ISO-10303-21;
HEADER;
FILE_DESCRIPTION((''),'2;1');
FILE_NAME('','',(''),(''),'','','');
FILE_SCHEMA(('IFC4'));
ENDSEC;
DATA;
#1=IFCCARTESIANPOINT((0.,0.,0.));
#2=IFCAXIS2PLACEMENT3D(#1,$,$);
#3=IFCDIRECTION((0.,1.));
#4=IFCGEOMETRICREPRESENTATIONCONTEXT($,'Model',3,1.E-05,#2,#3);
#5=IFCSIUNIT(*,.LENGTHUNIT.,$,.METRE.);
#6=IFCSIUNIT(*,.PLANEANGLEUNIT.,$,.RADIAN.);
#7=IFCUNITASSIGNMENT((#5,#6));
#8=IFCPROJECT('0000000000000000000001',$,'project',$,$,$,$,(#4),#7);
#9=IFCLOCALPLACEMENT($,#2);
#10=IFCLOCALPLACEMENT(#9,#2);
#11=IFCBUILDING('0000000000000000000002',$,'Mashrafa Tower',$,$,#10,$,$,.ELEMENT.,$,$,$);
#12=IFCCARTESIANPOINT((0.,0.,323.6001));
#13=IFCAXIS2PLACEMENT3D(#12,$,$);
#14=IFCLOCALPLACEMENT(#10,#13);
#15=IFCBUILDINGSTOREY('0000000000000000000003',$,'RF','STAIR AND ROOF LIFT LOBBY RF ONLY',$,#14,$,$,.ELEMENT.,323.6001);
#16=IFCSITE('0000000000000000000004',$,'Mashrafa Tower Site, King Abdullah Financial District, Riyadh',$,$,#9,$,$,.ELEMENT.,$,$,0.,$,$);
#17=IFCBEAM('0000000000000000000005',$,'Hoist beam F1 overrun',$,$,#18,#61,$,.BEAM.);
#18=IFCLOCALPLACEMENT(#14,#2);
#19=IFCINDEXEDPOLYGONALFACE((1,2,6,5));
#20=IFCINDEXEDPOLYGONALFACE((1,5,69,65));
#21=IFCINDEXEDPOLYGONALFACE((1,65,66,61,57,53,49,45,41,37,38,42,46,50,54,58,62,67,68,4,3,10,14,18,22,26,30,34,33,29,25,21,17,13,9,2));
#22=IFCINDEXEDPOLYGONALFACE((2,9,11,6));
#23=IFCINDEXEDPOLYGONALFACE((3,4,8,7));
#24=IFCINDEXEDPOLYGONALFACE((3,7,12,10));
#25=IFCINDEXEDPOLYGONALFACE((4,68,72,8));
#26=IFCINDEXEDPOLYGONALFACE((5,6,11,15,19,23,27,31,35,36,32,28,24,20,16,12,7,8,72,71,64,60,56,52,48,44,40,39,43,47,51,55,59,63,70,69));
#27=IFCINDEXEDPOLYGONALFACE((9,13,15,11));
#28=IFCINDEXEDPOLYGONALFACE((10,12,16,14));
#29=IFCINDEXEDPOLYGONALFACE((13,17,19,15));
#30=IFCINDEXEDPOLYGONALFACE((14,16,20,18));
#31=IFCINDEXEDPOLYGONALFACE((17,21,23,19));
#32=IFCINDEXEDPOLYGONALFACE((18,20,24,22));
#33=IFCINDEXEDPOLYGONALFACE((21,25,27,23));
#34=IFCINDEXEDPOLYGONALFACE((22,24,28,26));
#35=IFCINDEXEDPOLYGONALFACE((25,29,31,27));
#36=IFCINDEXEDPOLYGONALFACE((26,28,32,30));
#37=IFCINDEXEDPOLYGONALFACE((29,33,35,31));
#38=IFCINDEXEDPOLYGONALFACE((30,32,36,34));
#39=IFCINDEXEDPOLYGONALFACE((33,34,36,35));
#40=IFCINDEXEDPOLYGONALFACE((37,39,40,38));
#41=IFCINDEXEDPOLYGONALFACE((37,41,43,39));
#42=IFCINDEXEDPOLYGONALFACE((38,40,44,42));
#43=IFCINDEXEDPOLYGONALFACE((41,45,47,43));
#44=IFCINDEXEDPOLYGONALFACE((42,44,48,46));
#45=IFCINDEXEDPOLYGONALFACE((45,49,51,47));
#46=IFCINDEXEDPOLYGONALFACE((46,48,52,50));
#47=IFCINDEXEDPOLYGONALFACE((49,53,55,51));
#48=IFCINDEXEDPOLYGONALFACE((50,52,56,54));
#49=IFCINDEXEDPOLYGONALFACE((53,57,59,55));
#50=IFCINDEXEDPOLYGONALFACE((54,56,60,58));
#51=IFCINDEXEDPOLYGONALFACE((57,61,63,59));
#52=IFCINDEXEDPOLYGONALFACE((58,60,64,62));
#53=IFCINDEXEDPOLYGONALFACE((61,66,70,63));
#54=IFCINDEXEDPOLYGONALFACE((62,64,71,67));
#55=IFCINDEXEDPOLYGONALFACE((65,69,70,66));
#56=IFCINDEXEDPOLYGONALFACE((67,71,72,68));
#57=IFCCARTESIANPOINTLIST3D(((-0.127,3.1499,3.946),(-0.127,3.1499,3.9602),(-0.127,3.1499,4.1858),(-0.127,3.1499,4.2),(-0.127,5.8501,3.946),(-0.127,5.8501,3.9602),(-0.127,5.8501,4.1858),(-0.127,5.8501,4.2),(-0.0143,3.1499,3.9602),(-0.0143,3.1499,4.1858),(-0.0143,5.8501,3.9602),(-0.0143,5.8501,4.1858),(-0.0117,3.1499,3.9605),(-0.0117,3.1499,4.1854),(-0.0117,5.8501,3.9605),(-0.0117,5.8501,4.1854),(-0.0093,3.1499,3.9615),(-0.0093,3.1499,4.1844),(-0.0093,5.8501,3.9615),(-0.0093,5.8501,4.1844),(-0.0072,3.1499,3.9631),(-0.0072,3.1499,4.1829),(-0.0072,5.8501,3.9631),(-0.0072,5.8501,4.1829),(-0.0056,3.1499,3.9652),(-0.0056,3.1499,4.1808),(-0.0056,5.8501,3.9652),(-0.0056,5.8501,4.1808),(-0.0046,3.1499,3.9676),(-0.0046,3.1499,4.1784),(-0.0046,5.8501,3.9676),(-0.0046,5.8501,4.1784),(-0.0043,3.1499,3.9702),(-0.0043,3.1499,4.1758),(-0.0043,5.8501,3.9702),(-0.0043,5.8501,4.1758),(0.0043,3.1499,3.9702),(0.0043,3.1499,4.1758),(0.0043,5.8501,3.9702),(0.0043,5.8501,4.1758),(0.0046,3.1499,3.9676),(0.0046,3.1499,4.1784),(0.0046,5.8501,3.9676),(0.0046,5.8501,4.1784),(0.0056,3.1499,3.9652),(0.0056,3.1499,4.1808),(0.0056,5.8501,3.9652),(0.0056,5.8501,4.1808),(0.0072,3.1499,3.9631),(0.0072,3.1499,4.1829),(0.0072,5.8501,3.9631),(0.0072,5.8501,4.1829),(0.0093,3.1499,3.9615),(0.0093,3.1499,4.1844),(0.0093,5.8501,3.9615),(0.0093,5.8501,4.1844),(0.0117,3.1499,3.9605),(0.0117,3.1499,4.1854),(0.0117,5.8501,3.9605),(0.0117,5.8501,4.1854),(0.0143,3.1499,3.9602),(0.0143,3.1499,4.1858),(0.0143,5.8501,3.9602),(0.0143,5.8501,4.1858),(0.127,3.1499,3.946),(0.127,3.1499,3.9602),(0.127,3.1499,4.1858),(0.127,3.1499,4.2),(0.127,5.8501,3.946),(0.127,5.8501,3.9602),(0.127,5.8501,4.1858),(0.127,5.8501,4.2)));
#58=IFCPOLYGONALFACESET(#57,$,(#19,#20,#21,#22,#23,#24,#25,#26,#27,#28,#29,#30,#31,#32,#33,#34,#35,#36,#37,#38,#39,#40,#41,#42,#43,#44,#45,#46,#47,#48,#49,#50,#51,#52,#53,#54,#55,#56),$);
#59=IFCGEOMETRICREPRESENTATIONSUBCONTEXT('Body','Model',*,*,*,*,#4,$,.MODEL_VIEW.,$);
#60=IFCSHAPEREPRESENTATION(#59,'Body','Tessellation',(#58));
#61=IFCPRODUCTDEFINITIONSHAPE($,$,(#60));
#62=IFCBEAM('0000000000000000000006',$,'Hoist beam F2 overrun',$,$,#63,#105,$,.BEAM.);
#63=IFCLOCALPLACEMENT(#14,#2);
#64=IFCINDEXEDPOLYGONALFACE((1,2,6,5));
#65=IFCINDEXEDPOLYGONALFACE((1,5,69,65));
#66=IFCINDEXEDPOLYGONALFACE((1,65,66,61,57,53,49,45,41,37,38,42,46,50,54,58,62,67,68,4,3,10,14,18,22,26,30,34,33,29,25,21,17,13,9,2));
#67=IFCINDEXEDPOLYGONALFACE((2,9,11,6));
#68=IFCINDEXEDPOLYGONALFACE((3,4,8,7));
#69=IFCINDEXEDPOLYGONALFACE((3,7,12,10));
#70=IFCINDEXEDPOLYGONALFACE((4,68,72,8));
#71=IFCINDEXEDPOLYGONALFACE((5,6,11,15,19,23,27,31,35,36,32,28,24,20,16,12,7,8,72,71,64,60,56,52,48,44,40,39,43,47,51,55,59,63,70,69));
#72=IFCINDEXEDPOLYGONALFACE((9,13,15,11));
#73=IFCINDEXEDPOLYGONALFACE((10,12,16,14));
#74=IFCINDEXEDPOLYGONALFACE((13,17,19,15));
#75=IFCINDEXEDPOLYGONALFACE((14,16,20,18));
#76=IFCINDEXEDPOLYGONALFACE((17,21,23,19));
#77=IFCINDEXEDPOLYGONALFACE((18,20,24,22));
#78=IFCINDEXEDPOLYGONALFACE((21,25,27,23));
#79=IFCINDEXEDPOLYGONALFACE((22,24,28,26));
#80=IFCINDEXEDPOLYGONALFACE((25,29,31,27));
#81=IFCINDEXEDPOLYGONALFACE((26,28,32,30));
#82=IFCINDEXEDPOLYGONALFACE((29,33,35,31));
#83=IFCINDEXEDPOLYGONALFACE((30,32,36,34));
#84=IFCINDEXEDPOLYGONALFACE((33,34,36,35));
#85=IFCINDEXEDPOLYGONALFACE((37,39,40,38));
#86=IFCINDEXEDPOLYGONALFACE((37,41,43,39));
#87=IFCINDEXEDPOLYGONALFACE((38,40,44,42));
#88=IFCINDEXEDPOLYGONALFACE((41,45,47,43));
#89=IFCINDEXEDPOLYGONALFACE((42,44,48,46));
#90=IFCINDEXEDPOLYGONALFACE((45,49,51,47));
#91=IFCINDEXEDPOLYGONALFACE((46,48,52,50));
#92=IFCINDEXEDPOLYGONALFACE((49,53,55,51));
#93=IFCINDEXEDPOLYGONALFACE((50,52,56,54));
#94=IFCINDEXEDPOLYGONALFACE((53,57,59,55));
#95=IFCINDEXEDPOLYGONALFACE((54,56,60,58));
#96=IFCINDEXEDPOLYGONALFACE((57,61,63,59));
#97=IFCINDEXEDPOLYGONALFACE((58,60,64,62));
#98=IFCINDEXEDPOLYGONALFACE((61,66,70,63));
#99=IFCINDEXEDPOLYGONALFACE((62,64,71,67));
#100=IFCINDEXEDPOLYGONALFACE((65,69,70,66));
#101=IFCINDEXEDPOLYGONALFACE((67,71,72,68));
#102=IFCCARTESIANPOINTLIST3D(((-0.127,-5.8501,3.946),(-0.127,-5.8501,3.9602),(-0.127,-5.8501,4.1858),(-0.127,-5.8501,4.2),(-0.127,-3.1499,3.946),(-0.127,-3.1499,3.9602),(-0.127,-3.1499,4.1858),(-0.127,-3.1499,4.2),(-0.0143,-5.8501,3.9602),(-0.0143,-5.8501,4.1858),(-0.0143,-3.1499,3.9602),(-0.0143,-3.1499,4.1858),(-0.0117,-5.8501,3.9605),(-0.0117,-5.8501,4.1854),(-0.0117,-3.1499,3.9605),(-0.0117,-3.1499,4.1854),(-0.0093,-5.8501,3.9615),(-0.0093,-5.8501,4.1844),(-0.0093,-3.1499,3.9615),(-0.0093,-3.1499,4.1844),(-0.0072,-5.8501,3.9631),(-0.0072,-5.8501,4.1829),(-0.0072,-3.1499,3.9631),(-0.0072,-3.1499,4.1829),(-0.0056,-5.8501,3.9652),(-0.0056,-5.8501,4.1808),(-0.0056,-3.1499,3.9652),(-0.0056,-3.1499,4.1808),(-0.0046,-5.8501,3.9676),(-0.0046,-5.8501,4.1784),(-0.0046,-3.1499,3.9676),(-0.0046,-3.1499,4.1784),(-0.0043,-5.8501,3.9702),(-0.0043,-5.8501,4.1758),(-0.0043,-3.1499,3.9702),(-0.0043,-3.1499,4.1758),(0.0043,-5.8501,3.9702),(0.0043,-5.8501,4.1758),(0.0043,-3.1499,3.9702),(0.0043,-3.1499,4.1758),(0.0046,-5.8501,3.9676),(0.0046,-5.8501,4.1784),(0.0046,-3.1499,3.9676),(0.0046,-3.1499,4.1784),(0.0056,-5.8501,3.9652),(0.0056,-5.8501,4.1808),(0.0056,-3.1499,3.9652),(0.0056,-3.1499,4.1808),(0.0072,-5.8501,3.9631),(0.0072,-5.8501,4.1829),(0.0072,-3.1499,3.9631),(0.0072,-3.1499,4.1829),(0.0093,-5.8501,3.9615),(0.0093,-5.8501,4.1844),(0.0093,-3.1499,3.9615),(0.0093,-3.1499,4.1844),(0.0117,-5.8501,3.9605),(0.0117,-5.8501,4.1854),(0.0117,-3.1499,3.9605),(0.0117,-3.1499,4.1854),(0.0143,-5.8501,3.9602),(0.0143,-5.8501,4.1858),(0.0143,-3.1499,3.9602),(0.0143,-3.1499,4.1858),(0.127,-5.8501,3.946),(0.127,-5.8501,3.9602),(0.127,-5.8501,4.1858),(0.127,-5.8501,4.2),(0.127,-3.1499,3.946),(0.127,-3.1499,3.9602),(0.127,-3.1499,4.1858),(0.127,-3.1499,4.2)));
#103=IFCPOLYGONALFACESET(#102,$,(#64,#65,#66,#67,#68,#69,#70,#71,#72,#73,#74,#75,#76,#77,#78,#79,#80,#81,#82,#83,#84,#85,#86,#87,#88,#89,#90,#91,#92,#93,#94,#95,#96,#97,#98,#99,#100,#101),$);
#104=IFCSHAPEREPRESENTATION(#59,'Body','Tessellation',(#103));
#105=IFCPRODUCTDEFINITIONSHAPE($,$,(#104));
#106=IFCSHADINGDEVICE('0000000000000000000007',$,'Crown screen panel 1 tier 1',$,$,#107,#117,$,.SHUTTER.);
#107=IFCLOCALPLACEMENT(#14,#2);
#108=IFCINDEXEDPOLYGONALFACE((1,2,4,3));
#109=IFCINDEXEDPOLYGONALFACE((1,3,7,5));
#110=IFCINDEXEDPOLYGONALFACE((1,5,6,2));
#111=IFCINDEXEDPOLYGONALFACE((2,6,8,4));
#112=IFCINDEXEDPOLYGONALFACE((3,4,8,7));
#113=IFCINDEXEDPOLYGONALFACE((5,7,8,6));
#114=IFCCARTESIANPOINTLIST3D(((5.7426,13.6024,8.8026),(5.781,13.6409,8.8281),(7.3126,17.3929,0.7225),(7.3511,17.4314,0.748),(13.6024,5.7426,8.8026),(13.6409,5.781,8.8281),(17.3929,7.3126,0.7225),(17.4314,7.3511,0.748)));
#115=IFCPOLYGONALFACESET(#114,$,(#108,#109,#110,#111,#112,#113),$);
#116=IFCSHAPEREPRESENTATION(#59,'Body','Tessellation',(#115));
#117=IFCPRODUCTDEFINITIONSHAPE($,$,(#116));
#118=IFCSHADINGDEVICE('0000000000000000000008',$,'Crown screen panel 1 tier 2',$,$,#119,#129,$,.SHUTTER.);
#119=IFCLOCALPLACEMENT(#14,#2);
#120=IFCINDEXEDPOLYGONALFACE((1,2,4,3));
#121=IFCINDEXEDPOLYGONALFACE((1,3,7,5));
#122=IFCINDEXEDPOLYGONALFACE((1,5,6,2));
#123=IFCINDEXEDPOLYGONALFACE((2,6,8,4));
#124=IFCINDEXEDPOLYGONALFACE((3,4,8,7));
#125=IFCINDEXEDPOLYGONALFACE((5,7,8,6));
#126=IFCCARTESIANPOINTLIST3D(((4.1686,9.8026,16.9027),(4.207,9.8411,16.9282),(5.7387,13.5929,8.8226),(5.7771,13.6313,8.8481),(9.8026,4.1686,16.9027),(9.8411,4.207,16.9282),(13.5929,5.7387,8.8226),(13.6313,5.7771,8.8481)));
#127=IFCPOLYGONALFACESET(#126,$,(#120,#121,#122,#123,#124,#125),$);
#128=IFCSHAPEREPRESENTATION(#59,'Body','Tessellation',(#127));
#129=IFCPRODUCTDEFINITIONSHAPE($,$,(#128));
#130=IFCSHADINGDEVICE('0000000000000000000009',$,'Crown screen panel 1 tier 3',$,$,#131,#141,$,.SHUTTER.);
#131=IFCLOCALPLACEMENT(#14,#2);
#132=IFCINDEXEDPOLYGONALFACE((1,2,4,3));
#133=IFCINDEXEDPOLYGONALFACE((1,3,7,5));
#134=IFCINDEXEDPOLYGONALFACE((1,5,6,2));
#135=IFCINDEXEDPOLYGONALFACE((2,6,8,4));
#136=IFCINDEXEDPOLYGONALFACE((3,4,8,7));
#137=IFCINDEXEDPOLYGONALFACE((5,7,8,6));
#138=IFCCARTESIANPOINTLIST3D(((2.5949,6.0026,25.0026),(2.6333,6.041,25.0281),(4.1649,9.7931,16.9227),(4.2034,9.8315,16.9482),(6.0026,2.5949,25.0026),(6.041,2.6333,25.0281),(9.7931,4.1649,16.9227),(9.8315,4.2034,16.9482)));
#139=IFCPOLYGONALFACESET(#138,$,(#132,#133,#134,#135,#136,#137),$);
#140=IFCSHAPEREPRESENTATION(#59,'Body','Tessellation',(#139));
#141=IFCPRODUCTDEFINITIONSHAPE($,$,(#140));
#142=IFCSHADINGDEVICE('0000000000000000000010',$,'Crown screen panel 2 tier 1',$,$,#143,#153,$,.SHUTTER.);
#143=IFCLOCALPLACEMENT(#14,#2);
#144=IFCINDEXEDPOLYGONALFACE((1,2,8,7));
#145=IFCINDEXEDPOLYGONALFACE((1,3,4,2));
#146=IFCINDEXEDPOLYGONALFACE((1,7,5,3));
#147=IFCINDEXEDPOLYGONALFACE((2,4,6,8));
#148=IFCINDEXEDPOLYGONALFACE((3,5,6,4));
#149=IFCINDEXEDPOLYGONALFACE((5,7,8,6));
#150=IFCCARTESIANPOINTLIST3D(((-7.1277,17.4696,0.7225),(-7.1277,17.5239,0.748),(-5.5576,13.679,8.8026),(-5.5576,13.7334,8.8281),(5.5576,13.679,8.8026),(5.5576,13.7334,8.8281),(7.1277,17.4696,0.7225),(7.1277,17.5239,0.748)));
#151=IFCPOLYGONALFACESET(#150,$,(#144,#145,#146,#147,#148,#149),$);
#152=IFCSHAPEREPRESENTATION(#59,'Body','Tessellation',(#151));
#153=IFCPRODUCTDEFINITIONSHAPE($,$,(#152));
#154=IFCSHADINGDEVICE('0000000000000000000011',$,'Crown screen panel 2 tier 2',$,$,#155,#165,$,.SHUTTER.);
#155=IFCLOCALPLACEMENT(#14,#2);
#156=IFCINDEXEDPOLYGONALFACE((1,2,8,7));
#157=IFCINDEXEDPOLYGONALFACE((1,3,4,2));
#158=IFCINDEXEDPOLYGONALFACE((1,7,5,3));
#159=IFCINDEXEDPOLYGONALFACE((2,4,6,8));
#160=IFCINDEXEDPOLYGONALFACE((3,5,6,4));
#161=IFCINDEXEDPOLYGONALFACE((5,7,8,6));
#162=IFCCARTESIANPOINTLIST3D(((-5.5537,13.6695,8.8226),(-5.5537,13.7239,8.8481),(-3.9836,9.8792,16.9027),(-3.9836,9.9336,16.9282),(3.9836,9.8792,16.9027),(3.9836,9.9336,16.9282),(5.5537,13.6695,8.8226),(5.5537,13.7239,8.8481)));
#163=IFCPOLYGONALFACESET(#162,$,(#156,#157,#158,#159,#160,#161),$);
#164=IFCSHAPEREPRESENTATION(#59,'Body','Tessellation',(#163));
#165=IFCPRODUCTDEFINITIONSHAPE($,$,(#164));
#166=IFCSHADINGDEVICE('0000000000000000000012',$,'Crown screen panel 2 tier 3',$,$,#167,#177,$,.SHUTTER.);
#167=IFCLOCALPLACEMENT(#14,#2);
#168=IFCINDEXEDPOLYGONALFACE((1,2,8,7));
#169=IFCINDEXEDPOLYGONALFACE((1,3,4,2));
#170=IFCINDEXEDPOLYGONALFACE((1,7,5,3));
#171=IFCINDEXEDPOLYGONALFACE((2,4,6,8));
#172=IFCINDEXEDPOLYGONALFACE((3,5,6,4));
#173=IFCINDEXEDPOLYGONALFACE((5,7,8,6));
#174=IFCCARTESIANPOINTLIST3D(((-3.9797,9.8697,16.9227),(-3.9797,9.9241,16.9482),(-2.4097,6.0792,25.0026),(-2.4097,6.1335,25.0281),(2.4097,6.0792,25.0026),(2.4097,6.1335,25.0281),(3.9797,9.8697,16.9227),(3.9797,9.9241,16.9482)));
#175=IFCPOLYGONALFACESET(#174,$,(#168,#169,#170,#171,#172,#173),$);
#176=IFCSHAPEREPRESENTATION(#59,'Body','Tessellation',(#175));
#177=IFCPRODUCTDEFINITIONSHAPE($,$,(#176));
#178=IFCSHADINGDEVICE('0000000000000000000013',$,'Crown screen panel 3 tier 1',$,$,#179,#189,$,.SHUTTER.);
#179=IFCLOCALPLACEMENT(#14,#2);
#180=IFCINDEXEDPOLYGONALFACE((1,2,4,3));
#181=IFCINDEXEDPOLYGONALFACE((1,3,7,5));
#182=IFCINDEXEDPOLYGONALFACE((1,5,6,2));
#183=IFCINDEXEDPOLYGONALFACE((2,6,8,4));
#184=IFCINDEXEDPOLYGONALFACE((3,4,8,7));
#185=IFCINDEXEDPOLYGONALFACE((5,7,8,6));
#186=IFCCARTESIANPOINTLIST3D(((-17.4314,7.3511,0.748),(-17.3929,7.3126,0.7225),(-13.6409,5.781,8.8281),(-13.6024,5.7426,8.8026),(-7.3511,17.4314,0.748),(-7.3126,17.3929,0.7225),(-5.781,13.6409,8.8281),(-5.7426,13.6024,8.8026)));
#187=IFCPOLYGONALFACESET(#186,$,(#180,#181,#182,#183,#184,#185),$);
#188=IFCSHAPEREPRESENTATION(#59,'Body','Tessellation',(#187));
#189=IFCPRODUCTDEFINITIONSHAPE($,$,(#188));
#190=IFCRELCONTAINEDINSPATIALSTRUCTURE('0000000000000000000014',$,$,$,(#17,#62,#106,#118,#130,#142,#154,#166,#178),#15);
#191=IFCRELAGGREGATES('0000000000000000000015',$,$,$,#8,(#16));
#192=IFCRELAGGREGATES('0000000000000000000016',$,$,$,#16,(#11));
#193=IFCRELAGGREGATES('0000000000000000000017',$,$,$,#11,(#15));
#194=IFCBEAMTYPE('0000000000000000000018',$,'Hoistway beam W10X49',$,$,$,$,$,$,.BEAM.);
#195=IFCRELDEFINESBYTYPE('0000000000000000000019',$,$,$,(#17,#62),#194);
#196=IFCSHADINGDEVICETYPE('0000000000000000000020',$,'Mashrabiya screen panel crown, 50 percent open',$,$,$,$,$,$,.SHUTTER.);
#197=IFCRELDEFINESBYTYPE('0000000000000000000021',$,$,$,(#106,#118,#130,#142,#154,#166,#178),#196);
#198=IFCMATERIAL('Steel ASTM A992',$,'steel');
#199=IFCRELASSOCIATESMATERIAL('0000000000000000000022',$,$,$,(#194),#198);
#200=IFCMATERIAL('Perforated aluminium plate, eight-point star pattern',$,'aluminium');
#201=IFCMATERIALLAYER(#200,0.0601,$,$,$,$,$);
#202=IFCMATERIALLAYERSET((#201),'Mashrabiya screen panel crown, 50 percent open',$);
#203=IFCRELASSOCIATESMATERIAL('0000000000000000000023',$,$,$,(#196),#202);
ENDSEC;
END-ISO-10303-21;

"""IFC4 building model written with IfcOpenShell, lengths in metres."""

from ifc_helpers import new_model, si_unit, direction, frame, origin, origin_2d, place, context, subcontext, project, spatial, polyline, i_section, outline, extrude, material, layer, layer_set, material_profile, profile_set, type_object, element, save


model = new_model("IFC4")

# Units and contexts
model_context = context("Model", 3, precision=1e-05, world=origin(), true_north=direction((0.0, 1.0)))
body_context = subcontext(model_context, "Body", "Model", "MODEL_VIEW")
ifc_project = project(units=[si_unit("LENGTHUNIT", "METRE"), si_unit("PLANEANGLEUNIT", "RADIAN")], contexts=[model_context])

# Site, building, storey
site_placement = place(None, origin())
site = spatial("IfcSite", under=ifc_project, at=site_placement, Name="Mashrafa Tower Site, King Abdullah Financial District, Riyadh", CompositionType="ELEMENT", RefElevation=0.0)
building_placement = place(site_placement, origin())
building = spatial("IfcBuilding", under=site, at=building_placement, Name="Mashrafa Tower", CompositionType="ELEMENT")
storey_placement = place(building_placement, frame((0.0, 0.0, 323.6001)))
storey = spatial("IfcBuildingStorey", under=building, at=storey_placement, Name="RF", Description="STAIR AND ROOF LIFT LOBBY RF ONLY", CompositionType="ELEMENT", Elevation=323.6001)

# Beams
ifc_material_1 = material(Name="Steel ASTM A992", Category="steel")
ifc_material_profile = material_profile(ifc_material_1, i_section(OverallWidth=0.2539, OverallDepth=0.2539, WebThickness=0.0085, FlangeThickness=0.0142, FilletRadius=0.01, at=origin_2d()), Name="W10X49")
ifc_profile_set = profile_set([ifc_material_profile], Name="Steel ASTM A992")
beam_type = type_object("IfcBeamType", Name="Hoistway beam W10X49", PredefinedType="BEAM", material=ifc_profile_set)
for number, where, z_axis, x_axis, name in (
    (1, (0.0, 3.1499, 4.073), (0.0, 1.0, 0.0), (-1.0, 0.0, 0.0), "Hoist beam F1 overrun"),
    (2, (0.0, -5.8501, 4.073), (0.0, 1.0, 0.0), (-1.0, 0.0, 0.0), "Hoist beam F2 overrun"),
):
    element("IfcBeam", number, at=place(storey_placement, frame(where, z_axis=z_axis, x_axis=x_axis)), inside=storey, type_object=beam_type, Name=name, PredefinedType="BEAM", context=body_context, shape_type="SweptSolid", body=[
        extrude(i_section(OverallWidth=0.2539, OverallDepth=0.2539, WebThickness=0.0085, FlangeThickness=0.0142, FilletRadius=0.01, at=origin_2d()), origin(), (0.0, 0.0, 1.0), 2.7002),
    ])

# Shading devices
ifc_material_2 = material(Name="Perforated aluminium plate, eight-point star pattern", Category="aluminium")
ifc_layer = layer(ifc_material_2, 0.0601)
ifc_layer_set = layer_set([ifc_layer], Name="Mashrabiya screen panel crown, 50 percent open")
shading_device_type = type_object("IfcShadingDeviceType", Name="Mashrabiya screen panel crown, 50 percent open", PredefinedType="SHUTTER", material=ifc_layer_set)
shading_device_1_placement = place(storey_placement, frame((17.4314, 7.3511, 0.748), z_axis=(0.640165, 0.640165, 0.424707), x_axis=(-0.707107, 0.707107, 0.0)))
element("IfcShadingDevice", 3, at=shading_device_1_placement, inside=storey, type_object=shading_device_type, Name="Crown screen panel 1 tier 1", PredefinedType="SHUTTER", context=body_context, shape_type="SweptSolid", body=[
    extrude(outline(polyline([(0.0, 0.0), (14.2557, 0.0), (12.6856, 8.925), (1.5701, 8.925), (0.0, 0.0)])), origin(), (0.0, 0.0, -1.0), 0.0601),
])
shading_device_2_placement = place(storey_placement, frame((13.6313, 5.7771, 8.8481), z_axis=(0.640171, 0.640171, 0.424691), x_axis=(-0.707107, 0.707107, 0.0)))
element("IfcShadingDevice", 4, at=shading_device_2_placement, inside=storey, type_object=shading_device_type, Name="Crown screen panel 1 tier 2", PredefinedType="SHUTTER", context=body_context, shape_type="SweptSolid", body=[
    extrude(outline(polyline([(0.0, 0.0), (11.1076, 0.0), (9.5377, 8.9249), (1.5699, 8.9249), (0.0, 0.0)])), origin(), (0.0, 0.0, -1.0), 0.0601),
])
shading_device_3_placement = place(storey_placement, frame((9.8315, 4.2034, 16.9482), z_axis=(0.640162, 0.640162, 0.424718), x_axis=(-0.707107, 0.707107, 0.0)))
element("IfcShadingDevice", 5, at=shading_device_3_placement, inside=storey, type_object=shading_device_type, Name="Crown screen panel 1 tier 3", PredefinedType="SHUTTER", context=body_context, shape_type="SweptSolid", body=[
    extrude(outline(polyline([(0.0, 0.0), (7.9594, 0.0), (6.3893, 8.9248), (1.5701, 8.9248), (0.0, 0.0)])), origin(), (0.0, 0.0, -1.0), 0.0601),
])
shading_device_4_placement = place(storey_placement, frame((7.1277, 17.5239, 0.748), z_axis=(0.0, 0.90533, 0.424709), x_axis=(-1.0, 0.0, 0.0)))
element("IfcShadingDevice", 6, at=shading_device_4_placement, inside=storey, type_object=shading_device_type, Name="Crown screen panel 2 tier 1", PredefinedType="SHUTTER", context=body_context, shape_type="SweptSolid", body=[
    extrude(outline(polyline([(0.0, 0.0), (14.2554, 0.0), (12.6853, 8.925), (1.5701, 8.925), (0.0, 0.0)])), origin(), (0.0, 0.0, -1.0), 0.0601),
])
shading_device_5_placement = place(storey_placement, frame((5.5537, 13.7239, 8.8481), z_axis=(0.0, 0.905341, 0.424686), x_axis=(-1.0, 0.0, 0.0)))
element("IfcShadingDevice", 7, at=shading_device_5_placement, inside=storey, type_object=shading_device_type, Name="Crown screen panel 2 tier 2", PredefinedType="SHUTTER", context=body_context, shape_type="SweptSolid", body=[
    extrude(outline(polyline([(0.0, 0.0), (11.1074, 0.0), (9.5374, 8.9249), (1.5701, 8.9249), (0.0, 0.0)])), origin(), (0.0, 0.0, -1.0), 0.0601),
])
shading_device_6_placement = place(storey_placement, frame((3.9797, 9.9241, 16.9482), z_axis=(0.0, 0.905325, 0.424719), x_axis=(-1.0, 0.0, 0.0)))
element("IfcShadingDevice", 8, at=shading_device_6_placement, inside=storey, type_object=shading_device_type, Name="Crown screen panel 2 tier 3", PredefinedType="SHUTTER", context=body_context, shape_type="SweptSolid", body=[
    extrude(outline(polyline([(0.0, 0.0), (7.9595, 0.0), (6.3894, 8.9248), (1.5701, 8.9248), (0.0, 0.0)])), origin(), (0.0, 0.0, -1.0), 0.0601),
])
shading_device_7_placement = place(storey_placement, frame((-7.3511, 17.4314, 0.748), z_axis=(-0.640165, 0.640165, 0.424707), x_axis=(-0.707107, -0.707107, 0.0)))
element("IfcShadingDevice", 9, at=shading_device_7_placement, inside=storey, type_object=shading_device_type, Name="Crown screen panel 3 tier 1", PredefinedType="SHUTTER", context=body_context, shape_type="SweptSolid", body=[
    extrude(outline(polyline([(0.0, 0.0), (14.2557, 0.0), (12.6856, 8.925), (1.5701, 8.925), (0.0, 0.0)])), origin(), (0.0, 0.0, -1.0), 0.0601),
])

save(model, "model.ifc")
